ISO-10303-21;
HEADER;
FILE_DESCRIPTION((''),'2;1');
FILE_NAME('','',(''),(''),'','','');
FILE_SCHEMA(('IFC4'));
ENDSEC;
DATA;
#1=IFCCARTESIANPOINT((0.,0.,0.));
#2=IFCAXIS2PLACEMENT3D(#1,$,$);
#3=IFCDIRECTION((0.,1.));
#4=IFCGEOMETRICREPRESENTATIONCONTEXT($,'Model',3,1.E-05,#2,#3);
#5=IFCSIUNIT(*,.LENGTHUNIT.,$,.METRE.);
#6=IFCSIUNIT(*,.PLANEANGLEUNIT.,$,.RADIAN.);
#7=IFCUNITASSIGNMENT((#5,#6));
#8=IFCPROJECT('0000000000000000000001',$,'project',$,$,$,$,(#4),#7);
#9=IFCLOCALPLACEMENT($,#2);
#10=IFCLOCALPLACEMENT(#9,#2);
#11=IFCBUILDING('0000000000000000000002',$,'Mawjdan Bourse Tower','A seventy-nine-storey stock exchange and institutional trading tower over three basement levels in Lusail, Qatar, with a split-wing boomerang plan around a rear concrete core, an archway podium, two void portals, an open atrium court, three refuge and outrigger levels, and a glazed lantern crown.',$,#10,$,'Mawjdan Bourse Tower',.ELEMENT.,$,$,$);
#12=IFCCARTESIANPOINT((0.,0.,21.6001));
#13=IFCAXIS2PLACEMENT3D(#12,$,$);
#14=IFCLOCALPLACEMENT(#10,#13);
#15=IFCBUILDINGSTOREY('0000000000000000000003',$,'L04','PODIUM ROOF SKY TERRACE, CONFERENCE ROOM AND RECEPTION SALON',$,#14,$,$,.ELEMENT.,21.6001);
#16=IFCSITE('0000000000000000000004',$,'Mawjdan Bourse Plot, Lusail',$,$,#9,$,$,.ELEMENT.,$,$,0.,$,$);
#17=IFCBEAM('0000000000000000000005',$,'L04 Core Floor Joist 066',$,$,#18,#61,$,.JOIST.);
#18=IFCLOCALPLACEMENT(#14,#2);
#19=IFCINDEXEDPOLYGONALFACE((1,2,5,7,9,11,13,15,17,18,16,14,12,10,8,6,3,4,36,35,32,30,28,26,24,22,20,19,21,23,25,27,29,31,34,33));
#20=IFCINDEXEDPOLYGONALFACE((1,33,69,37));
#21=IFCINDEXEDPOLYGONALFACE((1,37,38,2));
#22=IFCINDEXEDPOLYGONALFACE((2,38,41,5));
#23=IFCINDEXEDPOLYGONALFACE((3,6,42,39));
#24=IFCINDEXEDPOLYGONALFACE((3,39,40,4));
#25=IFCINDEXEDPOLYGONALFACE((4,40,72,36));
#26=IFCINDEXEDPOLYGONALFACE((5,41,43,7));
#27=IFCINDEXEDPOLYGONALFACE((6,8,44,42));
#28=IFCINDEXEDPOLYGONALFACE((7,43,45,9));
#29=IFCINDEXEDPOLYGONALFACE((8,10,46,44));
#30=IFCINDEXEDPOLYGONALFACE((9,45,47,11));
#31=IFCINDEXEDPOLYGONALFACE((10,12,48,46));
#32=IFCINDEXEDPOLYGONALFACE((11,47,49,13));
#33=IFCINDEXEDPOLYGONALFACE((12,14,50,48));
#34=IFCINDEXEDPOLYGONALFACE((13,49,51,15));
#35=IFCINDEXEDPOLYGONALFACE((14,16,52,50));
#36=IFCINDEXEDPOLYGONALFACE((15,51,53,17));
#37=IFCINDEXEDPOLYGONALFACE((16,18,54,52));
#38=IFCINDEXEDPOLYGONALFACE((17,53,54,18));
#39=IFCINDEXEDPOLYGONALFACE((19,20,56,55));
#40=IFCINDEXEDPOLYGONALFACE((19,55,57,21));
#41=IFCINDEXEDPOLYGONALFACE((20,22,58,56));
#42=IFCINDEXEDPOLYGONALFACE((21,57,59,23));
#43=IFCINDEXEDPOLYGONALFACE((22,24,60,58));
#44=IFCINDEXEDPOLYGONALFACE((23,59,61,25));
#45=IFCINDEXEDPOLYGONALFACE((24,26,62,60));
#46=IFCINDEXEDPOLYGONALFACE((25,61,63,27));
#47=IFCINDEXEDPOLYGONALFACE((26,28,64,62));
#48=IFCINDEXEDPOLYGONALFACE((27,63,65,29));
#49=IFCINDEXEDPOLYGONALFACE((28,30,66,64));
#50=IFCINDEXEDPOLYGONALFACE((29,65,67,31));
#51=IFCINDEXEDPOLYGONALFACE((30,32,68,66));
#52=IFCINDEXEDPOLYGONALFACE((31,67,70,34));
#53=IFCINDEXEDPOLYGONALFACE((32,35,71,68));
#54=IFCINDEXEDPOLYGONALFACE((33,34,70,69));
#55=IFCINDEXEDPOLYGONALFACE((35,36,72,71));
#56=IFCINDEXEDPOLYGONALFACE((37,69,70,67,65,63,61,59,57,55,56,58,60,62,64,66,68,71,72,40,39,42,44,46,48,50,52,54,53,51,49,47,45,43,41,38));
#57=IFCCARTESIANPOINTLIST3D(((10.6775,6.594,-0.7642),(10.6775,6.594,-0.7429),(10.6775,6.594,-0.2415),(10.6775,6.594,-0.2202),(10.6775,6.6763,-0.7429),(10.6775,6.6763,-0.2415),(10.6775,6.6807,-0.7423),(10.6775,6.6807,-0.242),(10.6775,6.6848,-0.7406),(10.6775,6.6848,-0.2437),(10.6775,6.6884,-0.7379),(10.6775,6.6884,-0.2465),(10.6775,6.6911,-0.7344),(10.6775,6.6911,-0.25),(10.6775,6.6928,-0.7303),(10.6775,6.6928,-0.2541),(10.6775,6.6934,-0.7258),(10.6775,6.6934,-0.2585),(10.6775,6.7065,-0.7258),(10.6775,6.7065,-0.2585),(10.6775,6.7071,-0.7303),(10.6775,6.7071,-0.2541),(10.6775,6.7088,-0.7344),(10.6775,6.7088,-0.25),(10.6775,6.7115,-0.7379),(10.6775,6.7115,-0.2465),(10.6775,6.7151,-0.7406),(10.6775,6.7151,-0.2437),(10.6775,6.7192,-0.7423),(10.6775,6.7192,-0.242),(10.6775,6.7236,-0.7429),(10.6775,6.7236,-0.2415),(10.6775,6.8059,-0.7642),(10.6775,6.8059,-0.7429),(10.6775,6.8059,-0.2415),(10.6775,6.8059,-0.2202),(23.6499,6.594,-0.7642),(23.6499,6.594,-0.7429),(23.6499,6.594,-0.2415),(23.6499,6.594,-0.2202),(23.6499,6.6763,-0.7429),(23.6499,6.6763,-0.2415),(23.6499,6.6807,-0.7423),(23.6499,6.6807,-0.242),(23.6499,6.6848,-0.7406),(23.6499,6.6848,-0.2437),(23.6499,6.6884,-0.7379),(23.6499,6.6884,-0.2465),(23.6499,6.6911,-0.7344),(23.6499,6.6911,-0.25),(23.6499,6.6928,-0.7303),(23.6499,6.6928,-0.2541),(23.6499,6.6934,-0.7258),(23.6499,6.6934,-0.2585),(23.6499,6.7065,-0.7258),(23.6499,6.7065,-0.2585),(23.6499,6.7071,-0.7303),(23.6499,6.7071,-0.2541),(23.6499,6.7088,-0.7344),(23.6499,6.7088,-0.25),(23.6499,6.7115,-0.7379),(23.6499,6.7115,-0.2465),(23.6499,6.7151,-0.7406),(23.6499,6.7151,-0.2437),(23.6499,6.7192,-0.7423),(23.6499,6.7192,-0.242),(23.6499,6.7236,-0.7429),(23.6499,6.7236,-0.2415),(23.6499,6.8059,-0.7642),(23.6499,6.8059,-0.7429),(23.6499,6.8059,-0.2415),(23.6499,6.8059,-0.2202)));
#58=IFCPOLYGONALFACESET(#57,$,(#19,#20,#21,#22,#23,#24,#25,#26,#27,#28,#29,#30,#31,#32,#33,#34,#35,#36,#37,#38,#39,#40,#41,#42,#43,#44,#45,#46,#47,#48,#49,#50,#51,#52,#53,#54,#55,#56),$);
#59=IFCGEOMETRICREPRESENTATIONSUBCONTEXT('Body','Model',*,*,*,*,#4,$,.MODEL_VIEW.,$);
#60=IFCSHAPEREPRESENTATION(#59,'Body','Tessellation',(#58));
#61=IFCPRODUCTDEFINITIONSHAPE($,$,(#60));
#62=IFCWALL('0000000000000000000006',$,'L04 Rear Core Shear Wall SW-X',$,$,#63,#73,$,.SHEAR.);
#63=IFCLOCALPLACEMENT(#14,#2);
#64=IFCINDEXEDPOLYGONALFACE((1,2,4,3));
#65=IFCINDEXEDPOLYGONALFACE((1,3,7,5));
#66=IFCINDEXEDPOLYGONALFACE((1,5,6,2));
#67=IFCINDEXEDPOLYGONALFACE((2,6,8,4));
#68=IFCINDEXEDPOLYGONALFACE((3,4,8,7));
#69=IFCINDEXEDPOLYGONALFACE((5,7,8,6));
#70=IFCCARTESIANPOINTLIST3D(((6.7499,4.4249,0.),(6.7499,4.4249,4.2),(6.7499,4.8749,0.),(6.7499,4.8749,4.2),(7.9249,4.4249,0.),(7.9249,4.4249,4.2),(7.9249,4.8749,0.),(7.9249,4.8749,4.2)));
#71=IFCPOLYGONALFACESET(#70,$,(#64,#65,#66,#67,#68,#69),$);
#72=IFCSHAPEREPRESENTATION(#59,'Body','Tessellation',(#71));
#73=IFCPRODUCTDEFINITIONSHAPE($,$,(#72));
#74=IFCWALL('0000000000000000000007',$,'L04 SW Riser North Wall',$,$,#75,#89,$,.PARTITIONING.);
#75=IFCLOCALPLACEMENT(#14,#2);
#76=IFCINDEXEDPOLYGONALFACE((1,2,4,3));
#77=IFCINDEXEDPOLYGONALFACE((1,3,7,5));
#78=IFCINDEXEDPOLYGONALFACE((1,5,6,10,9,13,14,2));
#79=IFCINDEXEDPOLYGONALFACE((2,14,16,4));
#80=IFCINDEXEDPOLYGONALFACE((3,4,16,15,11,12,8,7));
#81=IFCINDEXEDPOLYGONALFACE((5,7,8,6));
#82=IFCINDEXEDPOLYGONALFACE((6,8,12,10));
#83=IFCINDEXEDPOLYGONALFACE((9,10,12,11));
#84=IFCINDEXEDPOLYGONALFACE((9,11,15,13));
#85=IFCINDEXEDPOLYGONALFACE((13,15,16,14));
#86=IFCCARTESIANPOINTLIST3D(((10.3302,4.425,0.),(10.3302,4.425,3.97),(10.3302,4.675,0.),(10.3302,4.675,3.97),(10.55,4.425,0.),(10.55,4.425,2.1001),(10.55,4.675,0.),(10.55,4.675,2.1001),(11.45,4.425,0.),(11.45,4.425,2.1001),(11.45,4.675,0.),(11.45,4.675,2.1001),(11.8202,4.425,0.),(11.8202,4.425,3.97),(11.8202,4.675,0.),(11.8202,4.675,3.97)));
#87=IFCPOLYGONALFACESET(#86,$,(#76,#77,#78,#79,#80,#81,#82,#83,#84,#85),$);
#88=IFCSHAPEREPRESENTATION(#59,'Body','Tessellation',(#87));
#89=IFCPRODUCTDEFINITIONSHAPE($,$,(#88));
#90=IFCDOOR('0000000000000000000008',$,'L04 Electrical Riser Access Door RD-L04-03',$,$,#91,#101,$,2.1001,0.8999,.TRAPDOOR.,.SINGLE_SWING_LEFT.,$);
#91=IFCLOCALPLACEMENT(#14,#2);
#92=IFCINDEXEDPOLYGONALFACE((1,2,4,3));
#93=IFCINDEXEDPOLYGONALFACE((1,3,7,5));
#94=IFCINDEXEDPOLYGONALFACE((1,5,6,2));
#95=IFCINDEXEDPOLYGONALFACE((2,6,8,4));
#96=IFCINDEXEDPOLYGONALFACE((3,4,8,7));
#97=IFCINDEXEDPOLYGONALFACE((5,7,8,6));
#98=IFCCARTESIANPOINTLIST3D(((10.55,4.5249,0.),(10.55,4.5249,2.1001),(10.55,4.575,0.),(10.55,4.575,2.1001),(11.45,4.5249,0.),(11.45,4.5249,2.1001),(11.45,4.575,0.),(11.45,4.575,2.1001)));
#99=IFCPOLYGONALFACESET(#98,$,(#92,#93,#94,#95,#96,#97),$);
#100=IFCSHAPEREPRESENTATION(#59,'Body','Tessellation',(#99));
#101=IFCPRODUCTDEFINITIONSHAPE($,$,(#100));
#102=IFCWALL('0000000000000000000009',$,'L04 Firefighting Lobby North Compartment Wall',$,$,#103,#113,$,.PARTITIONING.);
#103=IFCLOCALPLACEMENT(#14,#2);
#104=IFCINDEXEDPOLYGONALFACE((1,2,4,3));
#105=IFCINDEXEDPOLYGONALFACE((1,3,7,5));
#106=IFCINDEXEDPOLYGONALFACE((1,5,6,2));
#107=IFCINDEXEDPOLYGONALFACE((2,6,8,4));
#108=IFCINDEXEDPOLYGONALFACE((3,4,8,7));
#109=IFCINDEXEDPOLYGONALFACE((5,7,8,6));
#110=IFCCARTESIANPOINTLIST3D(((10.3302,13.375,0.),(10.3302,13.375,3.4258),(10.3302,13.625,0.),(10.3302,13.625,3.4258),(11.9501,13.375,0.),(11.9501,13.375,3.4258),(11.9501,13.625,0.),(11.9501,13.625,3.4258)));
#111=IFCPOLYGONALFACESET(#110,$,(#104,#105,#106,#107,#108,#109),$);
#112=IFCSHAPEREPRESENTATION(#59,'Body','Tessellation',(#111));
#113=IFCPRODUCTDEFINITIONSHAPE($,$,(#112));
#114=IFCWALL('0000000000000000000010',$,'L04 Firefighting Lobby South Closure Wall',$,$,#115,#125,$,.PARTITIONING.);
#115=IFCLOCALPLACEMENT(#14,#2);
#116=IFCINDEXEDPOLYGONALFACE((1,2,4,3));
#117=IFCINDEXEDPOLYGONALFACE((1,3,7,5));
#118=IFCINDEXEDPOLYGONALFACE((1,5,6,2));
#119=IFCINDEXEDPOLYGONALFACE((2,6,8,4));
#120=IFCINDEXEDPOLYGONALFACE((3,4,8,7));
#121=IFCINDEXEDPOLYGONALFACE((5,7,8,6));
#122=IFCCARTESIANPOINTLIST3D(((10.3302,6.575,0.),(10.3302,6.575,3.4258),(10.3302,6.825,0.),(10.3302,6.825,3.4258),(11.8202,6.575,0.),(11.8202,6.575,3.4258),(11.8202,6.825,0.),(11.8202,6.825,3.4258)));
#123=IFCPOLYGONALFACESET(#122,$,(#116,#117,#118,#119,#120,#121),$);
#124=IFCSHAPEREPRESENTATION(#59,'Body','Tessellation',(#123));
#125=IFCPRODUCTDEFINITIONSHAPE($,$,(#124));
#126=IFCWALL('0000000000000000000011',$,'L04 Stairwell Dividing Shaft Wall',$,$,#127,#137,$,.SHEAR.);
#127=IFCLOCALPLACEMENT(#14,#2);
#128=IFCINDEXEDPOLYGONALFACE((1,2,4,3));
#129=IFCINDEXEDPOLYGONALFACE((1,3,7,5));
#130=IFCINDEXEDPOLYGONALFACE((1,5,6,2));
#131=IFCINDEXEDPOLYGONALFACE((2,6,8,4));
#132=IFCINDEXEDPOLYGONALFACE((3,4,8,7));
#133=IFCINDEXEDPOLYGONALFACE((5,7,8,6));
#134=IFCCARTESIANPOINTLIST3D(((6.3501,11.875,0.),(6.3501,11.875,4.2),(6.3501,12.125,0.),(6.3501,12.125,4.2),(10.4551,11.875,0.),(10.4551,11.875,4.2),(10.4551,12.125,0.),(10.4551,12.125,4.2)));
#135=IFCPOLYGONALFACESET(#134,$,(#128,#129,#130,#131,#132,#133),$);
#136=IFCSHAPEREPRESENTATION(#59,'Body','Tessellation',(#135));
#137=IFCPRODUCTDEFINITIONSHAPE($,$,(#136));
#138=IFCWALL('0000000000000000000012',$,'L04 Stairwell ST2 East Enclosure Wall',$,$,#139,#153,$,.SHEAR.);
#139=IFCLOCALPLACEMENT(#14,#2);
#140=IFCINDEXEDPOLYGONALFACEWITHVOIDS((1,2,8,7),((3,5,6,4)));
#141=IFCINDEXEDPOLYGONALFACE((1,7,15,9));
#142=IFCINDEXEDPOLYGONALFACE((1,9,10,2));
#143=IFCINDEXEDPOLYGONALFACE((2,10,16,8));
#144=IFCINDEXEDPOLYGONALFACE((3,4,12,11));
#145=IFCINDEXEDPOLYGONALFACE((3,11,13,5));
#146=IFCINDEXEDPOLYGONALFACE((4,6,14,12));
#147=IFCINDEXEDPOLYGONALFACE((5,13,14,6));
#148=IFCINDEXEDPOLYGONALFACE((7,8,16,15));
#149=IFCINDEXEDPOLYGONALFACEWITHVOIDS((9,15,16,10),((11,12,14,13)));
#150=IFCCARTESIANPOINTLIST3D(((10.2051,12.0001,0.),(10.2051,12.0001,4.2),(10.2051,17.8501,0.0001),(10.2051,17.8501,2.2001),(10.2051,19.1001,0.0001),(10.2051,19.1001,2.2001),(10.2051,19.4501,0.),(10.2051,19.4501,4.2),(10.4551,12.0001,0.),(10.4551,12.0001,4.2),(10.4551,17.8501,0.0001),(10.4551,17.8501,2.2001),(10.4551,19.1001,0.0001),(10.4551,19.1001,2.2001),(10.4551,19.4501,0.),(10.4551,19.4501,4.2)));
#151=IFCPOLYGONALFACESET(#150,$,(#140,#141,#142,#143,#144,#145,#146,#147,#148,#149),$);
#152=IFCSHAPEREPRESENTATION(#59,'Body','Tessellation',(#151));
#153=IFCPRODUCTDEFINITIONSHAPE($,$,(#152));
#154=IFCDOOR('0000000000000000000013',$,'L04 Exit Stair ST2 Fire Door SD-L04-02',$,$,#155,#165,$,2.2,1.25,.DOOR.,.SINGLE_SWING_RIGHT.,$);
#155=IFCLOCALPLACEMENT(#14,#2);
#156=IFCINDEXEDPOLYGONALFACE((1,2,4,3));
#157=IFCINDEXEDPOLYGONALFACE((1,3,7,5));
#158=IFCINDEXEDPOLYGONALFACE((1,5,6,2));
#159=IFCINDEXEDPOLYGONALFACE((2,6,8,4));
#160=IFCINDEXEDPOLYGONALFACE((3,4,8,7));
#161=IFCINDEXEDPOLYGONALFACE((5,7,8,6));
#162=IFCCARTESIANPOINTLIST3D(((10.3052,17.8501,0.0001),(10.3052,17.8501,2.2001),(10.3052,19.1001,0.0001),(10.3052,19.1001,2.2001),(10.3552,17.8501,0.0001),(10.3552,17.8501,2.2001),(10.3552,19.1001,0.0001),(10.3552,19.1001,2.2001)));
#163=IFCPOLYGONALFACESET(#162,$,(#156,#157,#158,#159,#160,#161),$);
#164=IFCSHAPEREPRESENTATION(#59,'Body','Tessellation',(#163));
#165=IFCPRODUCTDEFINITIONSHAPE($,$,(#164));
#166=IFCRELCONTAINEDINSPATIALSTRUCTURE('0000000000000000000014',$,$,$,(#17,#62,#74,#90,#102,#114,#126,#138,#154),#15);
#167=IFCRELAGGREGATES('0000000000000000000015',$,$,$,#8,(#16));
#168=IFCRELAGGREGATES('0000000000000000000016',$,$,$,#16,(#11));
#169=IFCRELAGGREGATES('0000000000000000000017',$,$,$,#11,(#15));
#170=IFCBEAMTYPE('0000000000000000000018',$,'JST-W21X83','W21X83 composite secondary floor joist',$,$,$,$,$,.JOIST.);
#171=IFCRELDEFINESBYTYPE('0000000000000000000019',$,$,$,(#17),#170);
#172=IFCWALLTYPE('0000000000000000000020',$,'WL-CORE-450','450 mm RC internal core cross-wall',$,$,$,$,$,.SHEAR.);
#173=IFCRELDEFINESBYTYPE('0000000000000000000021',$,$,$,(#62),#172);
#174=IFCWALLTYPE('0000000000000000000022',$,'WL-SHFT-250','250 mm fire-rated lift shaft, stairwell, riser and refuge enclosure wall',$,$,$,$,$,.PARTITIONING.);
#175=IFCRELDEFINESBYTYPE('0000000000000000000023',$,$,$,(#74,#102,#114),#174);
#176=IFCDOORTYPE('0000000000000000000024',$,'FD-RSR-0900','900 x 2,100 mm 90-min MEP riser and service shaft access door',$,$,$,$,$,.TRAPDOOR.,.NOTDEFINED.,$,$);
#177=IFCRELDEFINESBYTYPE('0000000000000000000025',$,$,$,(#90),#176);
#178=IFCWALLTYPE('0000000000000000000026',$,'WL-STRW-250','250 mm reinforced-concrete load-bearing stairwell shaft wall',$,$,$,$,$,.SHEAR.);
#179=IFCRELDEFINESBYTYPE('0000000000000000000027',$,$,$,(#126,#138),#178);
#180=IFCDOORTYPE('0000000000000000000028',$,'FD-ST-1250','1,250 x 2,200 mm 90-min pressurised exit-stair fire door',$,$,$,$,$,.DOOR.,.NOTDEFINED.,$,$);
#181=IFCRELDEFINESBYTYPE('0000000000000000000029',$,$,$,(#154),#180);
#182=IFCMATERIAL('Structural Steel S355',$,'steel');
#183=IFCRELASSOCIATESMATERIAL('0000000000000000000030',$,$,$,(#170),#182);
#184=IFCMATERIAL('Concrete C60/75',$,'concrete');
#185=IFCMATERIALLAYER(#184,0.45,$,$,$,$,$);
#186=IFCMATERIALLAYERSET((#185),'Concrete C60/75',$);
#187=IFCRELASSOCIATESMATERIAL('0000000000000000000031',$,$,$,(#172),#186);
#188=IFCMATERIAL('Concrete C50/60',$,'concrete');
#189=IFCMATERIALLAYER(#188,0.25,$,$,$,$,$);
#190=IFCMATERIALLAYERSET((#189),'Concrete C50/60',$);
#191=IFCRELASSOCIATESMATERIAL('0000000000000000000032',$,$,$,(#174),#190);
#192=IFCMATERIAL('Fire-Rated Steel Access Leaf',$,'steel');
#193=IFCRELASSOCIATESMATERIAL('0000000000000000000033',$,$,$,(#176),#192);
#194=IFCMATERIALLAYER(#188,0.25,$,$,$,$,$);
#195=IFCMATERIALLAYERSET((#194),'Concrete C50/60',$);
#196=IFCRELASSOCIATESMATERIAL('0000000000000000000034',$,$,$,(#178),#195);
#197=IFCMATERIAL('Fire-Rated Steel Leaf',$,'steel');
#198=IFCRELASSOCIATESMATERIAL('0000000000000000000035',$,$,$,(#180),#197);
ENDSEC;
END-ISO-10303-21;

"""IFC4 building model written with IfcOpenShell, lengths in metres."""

from ifc_helpers import new_model, si_unit, direction, frame, frame_2d, origin, origin_2d, place, context, subcontext, project, spatial, rectangle, i_section, extrude, material, layer, layer_set, material_profile, profile_set, type_object, element, fill, save


model = new_model("IFC4")

# Units and contexts
model_context = context("Model", 3, precision=1e-05, world=origin(), true_north=direction((0.0, 1.0)))
body_context = subcontext(model_context, "Body", "Model", "MODEL_VIEW")
ifc_project = project(units=[si_unit("LENGTHUNIT", "METRE"), si_unit("PLANEANGLEUNIT", "RADIAN")], contexts=[model_context])

# Site, building, storey
site_placement = place(None, origin())
site = spatial("IfcSite", under=ifc_project, at=site_placement, Name="Mawjdan Bourse Plot, Lusail", CompositionType="ELEMENT", RefElevation=0.0)
building_placement = place(site_placement, origin())
building = spatial("IfcBuilding", under=site, at=building_placement, Name="Mawjdan Bourse Tower", Description="A seventy-nine-storey stock exchange and institutional trading tower over three basement levels in Lusail, Qatar, with a split-wing boomerang plan around a rear concrete core, an archway podium, two void portals, an open atrium court, three refuge and outrigger levels, and a glazed lantern crown.", LongName="Mawjdan Bourse Tower", CompositionType="ELEMENT")
storey_placement = place(building_placement, frame((0.0, 0.0, 21.6001)))
storey = spatial("IfcBuildingStorey", under=building, at=storey_placement, Name="L04", Description="PODIUM ROOF SKY TERRACE, CONFERENCE ROOM AND RECEPTION SALON", CompositionType="ELEMENT", Elevation=21.6001)

# Beam
ifc_material_1 = material(Name="Structural Steel S355", Category="steel")
ifc_material_profile = material_profile(ifc_material_1, i_section(OverallWidth=0.2119, OverallDepth=0.5439, WebThickness=0.0132, FlangeThickness=0.0212, FilletRadius=0.0171, at=origin_2d()), Name="W21X83")
ifc_profile_set = profile_set([ifc_material_profile], Name="Structural Steel S355")
beam_type = type_object("IfcBeamType", Name="JST-W21X83", Description="W21X83 composite secondary floor joist", PredefinedType="JOIST", material=ifc_profile_set)
beam_placement = place(storey_placement, frame((10.6775, 6.7, -0.4922), z_axis=(1.0, 0.0, 0.0), x_axis=(0.0, 1.0, 0.0)))
element("IfcBeam", 1, at=beam_placement, inside=storey, type_object=beam_type, Name="L04 Core Floor Joist 066", PredefinedType="JOIST", context=body_context, shape_type="SweptSolid", body=[
    extrude(i_section(OverallWidth=0.2119, OverallDepth=0.5439, WebThickness=0.0132, FlangeThickness=0.0212, FilletRadius=0.0171, at=origin_2d()), origin(), (0.0, 0.0, 1.0), 12.9724),
])

# Wall
ifc_material_2 = material(Name="Concrete C60/75", Category="concrete")
ifc_layer_1 = layer(ifc_material_2, 0.45)
ifc_layer_set_1 = layer_set([ifc_layer_1], Name="Concrete C60/75")
wall_type_1 = type_object("IfcWallType", Name="WL-CORE-450", Description="450 mm RC internal core cross-wall", PredefinedType="SHEAR", material=ifc_layer_set_1)
wall_1_placement = place(storey_placement, frame((6.75, 4.6499, 0.0), z_axis=(0.0, 0.0, 1.0), x_axis=(1.0, 0.0, 0.0)))
element("IfcWall", 2, at=wall_1_placement, inside=storey, type_object=wall_type_1, Name="L04 Rear Core Shear Wall SW-X", PredefinedType="SHEAR", context=body_context, shape_type="SweptSolid", body=[
    extrude(rectangle(XDim=1.175, YDim=0.45, at=frame_2d((0.5874, 0.0))), origin(), (0.0, 0.0, 1.0), 4.2),
])

# Wall, opening, door
ifc_material_3 = material(Name="Concrete C50/60", Category="concrete")
ifc_layer_2 = layer(ifc_material_3, 0.25)
ifc_layer_set_2 = layer_set([ifc_layer_2], Name="Concrete C50/60")
wall_type_2 = type_object("IfcWallType", Name="WL-SHFT-250", Description="250 mm fire-rated lift shaft, stairwell, riser and refuge enclosure wall", PredefinedType="PARTITIONING", material=ifc_layer_set_2)
wall_2_placement = place(storey_placement, frame((10.3301, 4.55, 0.0), z_axis=(0.0, 0.0, 1.0), x_axis=(1.0, 0.0, 0.0)))
wall_2 = element("IfcWall", 3, at=wall_2_placement, inside=storey, type_object=wall_type_2, Name="L04 SW Riser North Wall", PredefinedType="PARTITIONING", context=body_context, shape_type="SweptSolid", body=[
    extrude(rectangle(XDim=1.49, YDim=0.25, at=frame_2d((0.7451, 0.0))), origin(), (0.0, 0.0, 1.0), 3.97),
])
opening_1_placement = place(wall_2_placement, frame((0.22, 0.0, 0.0)))
opening_1 = element("IfcOpeningElement", 4, at=opening_1_placement, cuts=wall_2, PredefinedType="OPENING", context=body_context, shape_type="SweptSolid", body=[
    extrude(rectangle(XDim=0.8999, YDim=2.1001, at=frame_2d((0.45, 1.05))), frame((0.0, 0.135, 0.0), z_axis=(0.0, -1.0, 0.0), x_axis=(1.0, 0.0, 0.0)), (0.0, 0.0, 1.0), 0.27),
])
ifc_material_4 = material(Name="Fire-Rated Steel Access Leaf", Category="steel")
door_type_1 = type_object("IfcDoorType", Name="FD-RSR-0900", Description="900 x 2,100 mm 90-min MEP riser and service shaft access door", OperationType="NOTDEFINED", PredefinedType="TRAPDOOR", material=ifc_material_4)
door_1_placement = place(opening_1_placement, origin())
door_1 = element("IfcDoor", 5, at=door_1_placement, inside=storey, type_object=door_type_1, Name="L04 Electrical Riser Access Door RD-L04-03", OperationType="SINGLE_SWING_LEFT", OverallHeight=2.1001, OverallWidth=0.8999, PredefinedType="TRAPDOOR", context=body_context, shape_type="SweptSolid", body=[
    extrude(rectangle(XDim=0.8999, YDim=2.1001, at=frame_2d((0.45, 1.05))), frame((0.0, 0.0249, 0.0), z_axis=(0.0, -1.0, 0.0), x_axis=(1.0, 0.0, 0.0)), (0.0, 0.0, 1.0), 0.05),
])
fill(opening_1, door_1)

# Walls
wall_3_placement = place(storey_placement, frame((10.3301, 13.5, 0.0), z_axis=(0.0, 0.0, 1.0), x_axis=(1.0, 0.0, 0.0)))
element("IfcWall", 6, at=wall_3_placement, inside=storey, type_object=wall_type_2, Name="L04 Firefighting Lobby North Compartment Wall", PredefinedType="PARTITIONING", context=body_context, shape_type="SweptSolid", body=[
    extrude(rectangle(XDim=1.6199, YDim=0.25, at=frame_2d((0.8101, 0.0))), origin(), (0.0, 0.0, 1.0), 3.4258),
])
wall_4_placement = place(storey_placement, frame((10.3301, 6.7, 0.0), z_axis=(0.0, 0.0, 1.0), x_axis=(1.0, 0.0, 0.0)))
element("IfcWall", 7, at=wall_4_placement, inside=storey, type_object=wall_type_2, Name="L04 Firefighting Lobby South Closure Wall", PredefinedType="PARTITIONING", context=body_context, shape_type="SweptSolid", body=[
    extrude(rectangle(XDim=1.49, YDim=0.25, at=frame_2d((0.7451, 0.0))), origin(), (0.0, 0.0, 1.0), 3.4258),
])
ifc_layer_3 = layer(ifc_material_3, 0.25)
ifc_layer_set_3 = layer_set([ifc_layer_3], Name="Concrete C50/60")
wall_type_3 = type_object("IfcWallType", Name="WL-STRW-250", Description="250 mm reinforced-concrete load-bearing stairwell shaft wall", PredefinedType="SHEAR", material=ifc_layer_set_3)
wall_5_placement = place(storey_placement, frame((6.3501, 12.0, 0.0), z_axis=(0.0, 0.0, 1.0), x_axis=(1.0, 0.0, 0.0)))
element("IfcWall", 8, at=wall_5_placement, inside=storey, type_object=wall_type_3, Name="L04 Stairwell Dividing Shaft Wall", PredefinedType="SHEAR", context=body_context, shape_type="SweptSolid", body=[
    extrude(rectangle(XDim=4.105, YDim=0.25, at=frame_2d((2.0525, 0.0))), origin(), (0.0, 0.0, 1.0), 4.2),
])

# Wall, opening, door
wall_6_placement = place(storey_placement, frame((10.3301, 12.0, 0.0), z_axis=(0.0, 0.0, 1.0), x_axis=(0.0, 1.0, 0.0)))
wall_6 = element("IfcWall", 9, at=wall_6_placement, inside=storey, type_object=wall_type_3, Name="L04 Stairwell ST2 East Enclosure Wall", PredefinedType="SHEAR", context=body_context, shape_type="SweptSolid", body=[
    extrude(rectangle(XDim=7.45, YDim=0.25, at=frame_2d((3.7251, 0.0))), origin(), (0.0, 0.0, 1.0), 4.2),
])
opening_2_placement = place(wall_6_placement, frame((5.8501, 0.0, 0.0)))
opening_2 = element("IfcOpeningElement", 10, at=opening_2_placement, cuts=wall_6, PredefinedType="OPENING", context=body_context, shape_type="SweptSolid", body=[
    extrude(rectangle(XDim=1.25, YDim=2.2, at=frame_2d((0.625, 1.1001))), frame((0.0, 0.135, 0.0), z_axis=(0.0, -1.0, 0.0), x_axis=(1.0, 0.0, 0.0)), (0.0, 0.0, 1.0), 0.27),
])
ifc_material_5 = material(Name="Fire-Rated Steel Leaf", Category="steel")
door_type_2 = type_object("IfcDoorType", Name="FD-ST-1250", Description="1,250 x 2,200 mm 90-min pressurised exit-stair fire door", OperationType="NOTDEFINED", PredefinedType="DOOR", material=ifc_material_5)
door_2_placement = place(opening_2_placement, origin())
door_2 = element("IfcDoor", 11, at=door_2_placement, inside=storey, type_object=door_type_2, Name="L04 Exit Stair ST2 Fire Door SD-L04-02", OperationType="SINGLE_SWING_RIGHT", OverallHeight=2.2, OverallWidth=1.25, PredefinedType="DOOR", context=body_context, shape_type="SweptSolid", body=[
    extrude(rectangle(XDim=1.25, YDim=2.2, at=frame_2d((0.625, 1.1001))), frame((0.0, 0.0249, 0.0), z_axis=(0.0, -1.0, 0.0), x_axis=(1.0, 0.0, 0.0)), (0.0, 0.0, 1.0), 0.05),
])
fill(opening_2, door_2)

save(model, "model.ifc")
